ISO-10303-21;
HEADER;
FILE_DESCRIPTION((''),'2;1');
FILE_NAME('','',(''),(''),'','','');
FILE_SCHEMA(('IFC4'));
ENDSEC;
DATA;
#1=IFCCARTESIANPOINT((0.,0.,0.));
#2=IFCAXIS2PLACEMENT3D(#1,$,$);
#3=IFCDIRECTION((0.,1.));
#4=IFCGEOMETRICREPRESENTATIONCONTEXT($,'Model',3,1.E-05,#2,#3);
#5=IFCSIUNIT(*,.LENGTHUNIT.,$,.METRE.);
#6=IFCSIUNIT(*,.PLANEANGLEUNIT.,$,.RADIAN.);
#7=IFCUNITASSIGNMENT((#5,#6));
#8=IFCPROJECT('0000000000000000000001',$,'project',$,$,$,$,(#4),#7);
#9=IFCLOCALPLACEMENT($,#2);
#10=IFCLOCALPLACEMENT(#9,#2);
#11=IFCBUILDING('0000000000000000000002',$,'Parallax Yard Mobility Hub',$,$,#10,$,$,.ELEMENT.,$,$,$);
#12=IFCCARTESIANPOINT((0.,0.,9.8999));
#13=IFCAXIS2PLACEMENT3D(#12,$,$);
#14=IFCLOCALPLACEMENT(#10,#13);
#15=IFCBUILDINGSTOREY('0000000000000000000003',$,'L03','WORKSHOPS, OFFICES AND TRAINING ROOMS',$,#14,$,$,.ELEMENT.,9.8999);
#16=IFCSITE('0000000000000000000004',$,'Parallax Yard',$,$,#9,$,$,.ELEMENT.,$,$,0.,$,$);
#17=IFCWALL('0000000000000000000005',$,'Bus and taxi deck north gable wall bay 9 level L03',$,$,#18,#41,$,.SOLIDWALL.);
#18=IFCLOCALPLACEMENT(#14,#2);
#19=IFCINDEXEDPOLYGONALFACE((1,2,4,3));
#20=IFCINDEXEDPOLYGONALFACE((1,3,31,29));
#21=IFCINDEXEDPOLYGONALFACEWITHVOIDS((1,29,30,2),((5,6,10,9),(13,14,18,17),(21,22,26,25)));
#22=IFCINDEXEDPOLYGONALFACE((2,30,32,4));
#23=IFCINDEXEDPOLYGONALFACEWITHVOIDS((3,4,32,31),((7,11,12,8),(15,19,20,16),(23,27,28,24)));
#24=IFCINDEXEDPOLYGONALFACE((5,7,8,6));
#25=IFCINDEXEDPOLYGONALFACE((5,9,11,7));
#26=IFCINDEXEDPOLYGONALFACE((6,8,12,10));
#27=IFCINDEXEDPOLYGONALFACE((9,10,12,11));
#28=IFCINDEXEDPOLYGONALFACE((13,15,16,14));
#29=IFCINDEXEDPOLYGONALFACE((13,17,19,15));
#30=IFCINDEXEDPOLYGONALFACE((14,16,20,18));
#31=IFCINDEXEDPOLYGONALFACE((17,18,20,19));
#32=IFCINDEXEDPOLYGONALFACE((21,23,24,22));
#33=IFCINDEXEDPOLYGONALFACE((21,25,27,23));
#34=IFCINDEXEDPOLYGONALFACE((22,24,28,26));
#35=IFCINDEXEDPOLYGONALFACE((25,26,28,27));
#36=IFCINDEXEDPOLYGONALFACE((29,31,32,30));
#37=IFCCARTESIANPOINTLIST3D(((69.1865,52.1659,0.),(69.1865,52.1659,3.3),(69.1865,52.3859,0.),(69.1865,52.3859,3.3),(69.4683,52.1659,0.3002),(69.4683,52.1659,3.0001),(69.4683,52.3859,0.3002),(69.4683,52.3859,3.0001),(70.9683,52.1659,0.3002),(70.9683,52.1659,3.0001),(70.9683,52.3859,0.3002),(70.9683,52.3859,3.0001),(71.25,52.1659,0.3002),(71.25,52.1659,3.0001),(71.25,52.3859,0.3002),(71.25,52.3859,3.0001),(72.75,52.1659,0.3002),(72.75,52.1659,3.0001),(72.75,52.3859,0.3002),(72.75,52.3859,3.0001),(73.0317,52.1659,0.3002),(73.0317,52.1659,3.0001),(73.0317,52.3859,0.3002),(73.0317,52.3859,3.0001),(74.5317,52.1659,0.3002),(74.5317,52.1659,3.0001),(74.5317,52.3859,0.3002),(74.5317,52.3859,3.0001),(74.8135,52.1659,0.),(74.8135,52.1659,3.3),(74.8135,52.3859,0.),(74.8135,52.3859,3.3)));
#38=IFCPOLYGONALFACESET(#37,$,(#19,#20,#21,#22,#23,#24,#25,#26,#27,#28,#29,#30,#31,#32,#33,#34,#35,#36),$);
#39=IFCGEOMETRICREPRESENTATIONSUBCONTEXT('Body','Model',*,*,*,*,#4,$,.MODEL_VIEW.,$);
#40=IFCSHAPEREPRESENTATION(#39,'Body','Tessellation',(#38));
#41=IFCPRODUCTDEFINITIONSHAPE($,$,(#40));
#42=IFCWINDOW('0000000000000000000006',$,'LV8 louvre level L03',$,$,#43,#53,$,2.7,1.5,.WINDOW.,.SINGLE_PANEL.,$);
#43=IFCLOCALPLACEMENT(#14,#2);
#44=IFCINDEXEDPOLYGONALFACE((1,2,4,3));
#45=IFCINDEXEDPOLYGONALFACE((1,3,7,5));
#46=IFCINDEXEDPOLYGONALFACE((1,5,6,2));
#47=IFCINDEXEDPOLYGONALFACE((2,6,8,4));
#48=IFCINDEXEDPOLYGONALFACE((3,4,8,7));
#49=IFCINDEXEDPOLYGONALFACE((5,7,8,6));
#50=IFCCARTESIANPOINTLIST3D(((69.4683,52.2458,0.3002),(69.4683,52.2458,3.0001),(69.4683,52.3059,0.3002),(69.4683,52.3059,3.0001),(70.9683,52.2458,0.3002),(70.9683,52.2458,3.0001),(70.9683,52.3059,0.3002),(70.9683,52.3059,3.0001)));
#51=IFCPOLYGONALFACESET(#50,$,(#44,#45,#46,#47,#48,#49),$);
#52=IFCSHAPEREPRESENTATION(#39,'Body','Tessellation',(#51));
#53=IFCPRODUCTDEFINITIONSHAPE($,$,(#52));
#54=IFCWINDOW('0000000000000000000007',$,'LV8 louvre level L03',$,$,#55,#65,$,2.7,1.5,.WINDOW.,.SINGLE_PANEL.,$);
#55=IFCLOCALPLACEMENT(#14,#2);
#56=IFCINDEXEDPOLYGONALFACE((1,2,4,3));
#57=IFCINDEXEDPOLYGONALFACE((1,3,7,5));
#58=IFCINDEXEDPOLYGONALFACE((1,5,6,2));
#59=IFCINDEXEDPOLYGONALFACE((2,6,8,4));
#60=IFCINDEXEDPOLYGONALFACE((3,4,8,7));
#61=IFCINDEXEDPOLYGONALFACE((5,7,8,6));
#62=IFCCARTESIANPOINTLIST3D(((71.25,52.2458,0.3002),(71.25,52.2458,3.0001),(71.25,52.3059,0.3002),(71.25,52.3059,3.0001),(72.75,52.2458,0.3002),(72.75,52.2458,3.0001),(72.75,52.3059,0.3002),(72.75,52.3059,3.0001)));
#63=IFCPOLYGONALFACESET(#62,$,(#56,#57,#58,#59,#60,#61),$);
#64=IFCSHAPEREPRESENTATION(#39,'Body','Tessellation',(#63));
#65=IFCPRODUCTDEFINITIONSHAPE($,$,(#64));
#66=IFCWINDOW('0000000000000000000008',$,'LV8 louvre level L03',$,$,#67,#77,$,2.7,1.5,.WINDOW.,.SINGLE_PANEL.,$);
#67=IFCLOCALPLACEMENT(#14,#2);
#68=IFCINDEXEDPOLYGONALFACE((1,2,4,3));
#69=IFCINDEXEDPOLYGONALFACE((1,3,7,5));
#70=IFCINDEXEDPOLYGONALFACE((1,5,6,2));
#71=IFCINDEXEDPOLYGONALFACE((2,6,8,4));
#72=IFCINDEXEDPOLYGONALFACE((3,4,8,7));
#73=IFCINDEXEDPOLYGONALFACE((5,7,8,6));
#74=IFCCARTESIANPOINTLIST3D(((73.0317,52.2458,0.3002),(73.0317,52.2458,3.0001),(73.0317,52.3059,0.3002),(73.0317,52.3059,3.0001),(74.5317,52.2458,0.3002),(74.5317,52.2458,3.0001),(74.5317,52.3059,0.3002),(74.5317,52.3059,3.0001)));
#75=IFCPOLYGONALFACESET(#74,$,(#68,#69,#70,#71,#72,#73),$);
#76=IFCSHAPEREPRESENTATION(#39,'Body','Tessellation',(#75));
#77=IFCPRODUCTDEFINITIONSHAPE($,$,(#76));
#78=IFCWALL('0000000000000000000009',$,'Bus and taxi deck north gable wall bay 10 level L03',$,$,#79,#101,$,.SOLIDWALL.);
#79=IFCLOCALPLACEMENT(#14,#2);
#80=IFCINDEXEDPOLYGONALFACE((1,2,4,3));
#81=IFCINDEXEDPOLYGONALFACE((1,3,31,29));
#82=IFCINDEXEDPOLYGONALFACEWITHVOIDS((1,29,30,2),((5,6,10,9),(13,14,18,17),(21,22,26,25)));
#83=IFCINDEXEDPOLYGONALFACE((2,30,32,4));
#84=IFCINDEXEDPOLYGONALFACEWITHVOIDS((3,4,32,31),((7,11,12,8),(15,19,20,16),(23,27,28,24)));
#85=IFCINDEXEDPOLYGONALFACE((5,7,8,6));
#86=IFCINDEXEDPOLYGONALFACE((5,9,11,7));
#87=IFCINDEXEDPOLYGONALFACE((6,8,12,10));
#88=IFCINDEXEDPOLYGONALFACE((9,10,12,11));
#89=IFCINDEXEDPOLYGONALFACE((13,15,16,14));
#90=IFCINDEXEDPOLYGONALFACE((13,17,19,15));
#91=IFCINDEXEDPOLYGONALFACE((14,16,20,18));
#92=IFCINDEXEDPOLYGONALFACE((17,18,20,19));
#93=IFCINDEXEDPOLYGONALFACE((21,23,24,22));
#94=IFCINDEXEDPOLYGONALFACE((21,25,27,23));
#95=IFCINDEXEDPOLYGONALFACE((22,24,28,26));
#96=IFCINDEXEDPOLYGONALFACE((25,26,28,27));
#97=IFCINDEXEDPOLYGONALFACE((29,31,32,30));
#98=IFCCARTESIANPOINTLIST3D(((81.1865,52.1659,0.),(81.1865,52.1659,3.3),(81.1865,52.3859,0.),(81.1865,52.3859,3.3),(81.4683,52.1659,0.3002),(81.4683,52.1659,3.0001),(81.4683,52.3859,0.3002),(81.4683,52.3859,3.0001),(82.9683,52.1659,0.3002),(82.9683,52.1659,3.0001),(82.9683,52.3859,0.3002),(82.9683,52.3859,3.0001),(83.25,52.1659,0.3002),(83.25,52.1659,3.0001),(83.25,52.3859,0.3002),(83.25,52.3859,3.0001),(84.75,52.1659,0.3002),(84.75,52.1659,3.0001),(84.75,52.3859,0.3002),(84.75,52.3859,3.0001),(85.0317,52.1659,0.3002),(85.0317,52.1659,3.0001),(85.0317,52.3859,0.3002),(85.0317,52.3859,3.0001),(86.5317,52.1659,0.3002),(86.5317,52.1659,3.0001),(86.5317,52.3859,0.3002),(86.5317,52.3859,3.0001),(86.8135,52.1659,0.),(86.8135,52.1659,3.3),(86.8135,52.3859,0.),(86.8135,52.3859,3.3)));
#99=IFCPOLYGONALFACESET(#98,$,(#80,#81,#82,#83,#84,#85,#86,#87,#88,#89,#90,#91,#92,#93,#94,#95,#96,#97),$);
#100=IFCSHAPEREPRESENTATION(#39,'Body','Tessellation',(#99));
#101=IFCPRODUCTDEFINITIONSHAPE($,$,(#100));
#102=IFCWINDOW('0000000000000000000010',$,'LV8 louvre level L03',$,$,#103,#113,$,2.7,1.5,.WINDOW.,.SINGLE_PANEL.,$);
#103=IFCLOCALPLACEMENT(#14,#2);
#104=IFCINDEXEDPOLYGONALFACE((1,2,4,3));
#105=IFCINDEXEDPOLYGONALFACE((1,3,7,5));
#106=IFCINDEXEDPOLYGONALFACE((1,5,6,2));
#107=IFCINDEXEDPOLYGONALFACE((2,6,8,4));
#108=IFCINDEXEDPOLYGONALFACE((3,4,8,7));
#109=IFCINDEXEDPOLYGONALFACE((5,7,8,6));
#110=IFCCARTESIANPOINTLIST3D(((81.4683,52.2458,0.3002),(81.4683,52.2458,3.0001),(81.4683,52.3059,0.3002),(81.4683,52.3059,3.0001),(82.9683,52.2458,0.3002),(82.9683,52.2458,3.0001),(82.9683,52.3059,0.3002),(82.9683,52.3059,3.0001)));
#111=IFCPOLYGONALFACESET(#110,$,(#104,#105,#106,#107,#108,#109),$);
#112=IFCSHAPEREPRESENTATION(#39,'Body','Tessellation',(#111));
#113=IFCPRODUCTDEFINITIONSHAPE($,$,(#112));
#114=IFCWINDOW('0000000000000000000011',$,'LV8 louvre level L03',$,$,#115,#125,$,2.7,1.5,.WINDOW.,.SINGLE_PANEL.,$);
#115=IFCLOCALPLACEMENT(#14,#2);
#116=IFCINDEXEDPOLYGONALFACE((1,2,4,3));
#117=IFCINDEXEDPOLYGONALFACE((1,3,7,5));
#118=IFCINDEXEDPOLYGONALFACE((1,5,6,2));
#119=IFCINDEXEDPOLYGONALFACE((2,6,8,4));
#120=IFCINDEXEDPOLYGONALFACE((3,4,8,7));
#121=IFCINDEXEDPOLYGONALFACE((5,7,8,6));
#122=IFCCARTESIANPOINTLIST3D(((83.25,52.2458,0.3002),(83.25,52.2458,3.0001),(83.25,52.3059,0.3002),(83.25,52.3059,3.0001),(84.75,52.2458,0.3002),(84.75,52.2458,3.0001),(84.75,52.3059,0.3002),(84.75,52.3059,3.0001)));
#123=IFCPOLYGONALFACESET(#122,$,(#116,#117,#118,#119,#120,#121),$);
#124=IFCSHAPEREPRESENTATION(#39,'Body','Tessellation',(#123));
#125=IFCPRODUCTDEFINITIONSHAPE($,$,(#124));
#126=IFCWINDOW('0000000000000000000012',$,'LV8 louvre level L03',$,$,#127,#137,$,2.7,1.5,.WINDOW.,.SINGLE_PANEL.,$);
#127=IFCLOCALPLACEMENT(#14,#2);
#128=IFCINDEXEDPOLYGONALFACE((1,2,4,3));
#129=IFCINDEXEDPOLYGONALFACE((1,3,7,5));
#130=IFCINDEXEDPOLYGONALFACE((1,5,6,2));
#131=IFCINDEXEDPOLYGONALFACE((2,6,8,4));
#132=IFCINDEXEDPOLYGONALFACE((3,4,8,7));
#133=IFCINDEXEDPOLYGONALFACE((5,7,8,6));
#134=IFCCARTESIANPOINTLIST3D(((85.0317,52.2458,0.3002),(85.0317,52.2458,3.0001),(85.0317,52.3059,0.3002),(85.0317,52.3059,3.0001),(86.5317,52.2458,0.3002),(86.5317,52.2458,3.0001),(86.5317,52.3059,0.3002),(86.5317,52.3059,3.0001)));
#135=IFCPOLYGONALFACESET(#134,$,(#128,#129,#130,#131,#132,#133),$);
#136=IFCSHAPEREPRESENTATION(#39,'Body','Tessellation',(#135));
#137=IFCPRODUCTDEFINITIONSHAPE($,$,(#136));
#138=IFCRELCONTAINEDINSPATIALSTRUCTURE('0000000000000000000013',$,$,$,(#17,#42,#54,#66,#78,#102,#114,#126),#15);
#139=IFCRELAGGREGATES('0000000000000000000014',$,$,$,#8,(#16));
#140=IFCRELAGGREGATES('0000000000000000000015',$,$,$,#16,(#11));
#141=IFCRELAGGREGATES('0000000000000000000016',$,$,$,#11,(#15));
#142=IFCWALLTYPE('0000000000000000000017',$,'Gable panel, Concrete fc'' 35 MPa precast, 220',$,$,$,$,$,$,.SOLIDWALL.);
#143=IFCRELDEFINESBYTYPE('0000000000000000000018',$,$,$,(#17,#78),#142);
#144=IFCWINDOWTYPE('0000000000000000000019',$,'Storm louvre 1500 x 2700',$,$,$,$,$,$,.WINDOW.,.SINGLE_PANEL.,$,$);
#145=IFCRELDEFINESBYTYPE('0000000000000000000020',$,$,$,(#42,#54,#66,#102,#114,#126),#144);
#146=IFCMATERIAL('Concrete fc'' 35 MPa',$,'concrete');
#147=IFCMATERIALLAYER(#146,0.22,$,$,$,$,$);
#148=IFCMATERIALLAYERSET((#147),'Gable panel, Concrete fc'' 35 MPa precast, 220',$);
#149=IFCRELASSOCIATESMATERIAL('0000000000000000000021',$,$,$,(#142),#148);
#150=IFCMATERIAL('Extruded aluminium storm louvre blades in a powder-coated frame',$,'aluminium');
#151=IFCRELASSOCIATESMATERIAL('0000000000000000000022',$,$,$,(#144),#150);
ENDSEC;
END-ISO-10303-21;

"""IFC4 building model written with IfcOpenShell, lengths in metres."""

from ifc_helpers import new_model, si_unit, direction, frame, frame_2d, origin, place, context, subcontext, project, spatial, rectangle, extrude, material, layer, layer_set, type_object, element, fill, save


model = new_model("IFC4")

# Units and contexts
model_context = context("Model", 3, precision=1e-05, world=origin(), true_north=direction((0.0, 1.0)))
body_context = subcontext(model_context, "Body", "Model", "MODEL_VIEW")
ifc_project = project(units=[si_unit("LENGTHUNIT", "METRE"), si_unit("PLANEANGLEUNIT", "RADIAN")], contexts=[model_context])

# Site, building, storey
site_placement = place(None, origin())
site = spatial("IfcSite", under=ifc_project, at=site_placement, Name="Parallax Yard", CompositionType="ELEMENT", RefElevation=0.0)
building_placement = place(site_placement, origin())
building = spatial("IfcBuilding", under=site, at=building_placement, Name="Parallax Yard Mobility Hub", CompositionType="ELEMENT")
storey_placement = place(building_placement, frame((0.0, 0.0, 9.8999)))
storey = spatial("IfcBuildingStorey", under=building, at=storey_placement, Name="L03", Description="WORKSHOPS, OFFICES AND TRAINING ROOMS", CompositionType="ELEMENT", Elevation=9.8999)

# Walls, openings, windows
ifc_material_1 = material(Name="Concrete fc' 35 MPa", Category="concrete")
ifc_layer = layer(ifc_material_1, 0.22)
ifc_layer_set = layer_set([ifc_layer], Name="Gable panel, Concrete fc' 35 MPa precast, 220")
wall_type = type_object("IfcWallType", Name="Gable panel, Concrete fc' 35 MPa precast, 220", PredefinedType="SOLIDWALL", material=ifc_layer_set)
ifc_material_2 = material(Name="Extruded aluminium storm louvre blades in a powder-coated frame", Category="aluminium")
window_type = type_object("IfcWindowType", Name="Storm louvre 1500 x 2700", PartitioningType="SINGLE_PANEL", PredefinedType="WINDOW", material=ifc_material_2)
wall_1_placement = place(storey_placement, frame((69.1865, 52.2759, 0.0), z_axis=(0.0, 0.0, 1.0), x_axis=(1.0, 0.0, 0.0)))
wall_1 = element("IfcWall", 1, at=wall_1_placement, inside=storey, type_object=wall_type, Name="Bus and taxi deck north gable wall bay 9 level L03", PredefinedType="SOLIDWALL", context=body_context, shape_type="SweptSolid", body=[
    extrude(rectangle(XDim=5.627, YDim=0.22, at=frame_2d((2.8135, 0.0))), origin(), (0.0, 0.0, 1.0), 3.3),
])
opening_1_placement = place(wall_1_placement, frame((0.2817, 0.0, 0.3)))
opening_1 = element("IfcOpeningElement", 2, at=opening_1_placement, cuts=wall_1, PredefinedType="OPENING", context=body_context, shape_type="SweptSolid", body=[
    extrude(rectangle(XDim=1.5, YDim=2.7, at=frame_2d((0.75, 1.3501))), frame((0.0, 0.1201, 0.0), z_axis=(0.0, -1.0, 0.0), x_axis=(1.0, 0.0, 0.0)), (0.0, 0.0, 1.0), 0.24),
])
opening_2_placement = place(wall_1_placement, frame((2.0635, 0.0, 0.3)))
opening_2 = element("IfcOpeningElement", 3, at=opening_2_placement, cuts=wall_1, PredefinedType="OPENING", context=body_context, shape_type="SweptSolid", body=[
    extrude(rectangle(XDim=1.5, YDim=2.7, at=frame_2d((0.75, 1.3501))), frame((0.0, 0.1201, 0.0), z_axis=(0.0, -1.0, 0.0), x_axis=(1.0, 0.0, 0.0)), (0.0, 0.0, 1.0), 0.24),
])
opening_3_placement = place(wall_1_placement, frame((3.8452, 0.0, 0.3)))
opening_3 = element("IfcOpeningElement", 4, at=opening_3_placement, cuts=wall_1, PredefinedType="OPENING", context=body_context, shape_type="SweptSolid", body=[
    extrude(rectangle(XDim=1.5, YDim=2.7, at=frame_2d((0.75, 1.3501))), frame((0.0, 0.1201, 0.0), z_axis=(0.0, -1.0, 0.0), x_axis=(1.0, 0.0, 0.0)), (0.0, 0.0, 1.0), 0.24),
])
window_1_placement = place(opening_1_placement, origin())
window_1 = element("IfcWindow", 5, at=window_1_placement, inside=storey, type_object=window_type, Name="LV8 louvre level L03", OverallHeight=2.7, OverallWidth=1.5, PartitioningType="SINGLE_PANEL", PredefinedType="WINDOW", context=body_context, shape_type="SweptSolid", body=[
    extrude(rectangle(XDim=1.5, YDim=2.7, at=frame_2d((0.75, 1.3501))), frame((0.0, 0.03, 0.0), z_axis=(0.0, -1.0, 0.0), x_axis=(1.0, 0.0, 0.0)), (0.0, 0.0, 1.0), 0.0601),
])
fill(opening_1, window_1)
window_2_placement = place(opening_2_placement, origin())
window_2 = element("IfcWindow", 6, at=window_2_placement, inside=storey, type_object=window_type, Name="LV8 louvre level L03", OverallHeight=2.7, OverallWidth=1.5, PartitioningType="SINGLE_PANEL", PredefinedType="WINDOW", context=body_context, shape_type="SweptSolid", body=[
    extrude(rectangle(XDim=1.5, YDim=2.7, at=frame_2d((0.75, 1.3501))), frame((0.0, 0.03, 0.0), z_axis=(0.0, -1.0, 0.0), x_axis=(1.0, 0.0, 0.0)), (0.0, 0.0, 1.0), 0.0601),
])
fill(opening_2, window_2)
window_3_placement = place(opening_3_placement, origin())
window_3 = element("IfcWindow", 7, at=window_3_placement, inside=storey, type_object=window_type, Name="LV8 louvre level L03", OverallHeight=2.7, OverallWidth=1.5, PartitioningType="SINGLE_PANEL", PredefinedType="WINDOW", context=body_context, shape_type="SweptSolid", body=[
    extrude(rectangle(XDim=1.5, YDim=2.7, at=frame_2d((0.75, 1.3501))), frame((0.0, 0.03, 0.0), z_axis=(0.0, -1.0, 0.0), x_axis=(1.0, 0.0, 0.0)), (0.0, 0.0, 1.0), 0.0601),
])
fill(opening_3, window_3)
wall_2_placement = place(storey_placement, frame((81.1865, 52.2759, 0.0), z_axis=(0.0, 0.0, 1.0), x_axis=(1.0, 0.0, 0.0)))
wall_2 = element("IfcWall", 8, at=wall_2_placement, inside=storey, type_object=wall_type, Name="Bus and taxi deck north gable wall bay 10 level L03", PredefinedType="SOLIDWALL", context=body_context, shape_type="SweptSolid", body=[
    extrude(rectangle(XDim=5.627, YDim=0.22, at=frame_2d((2.8135, 0.0))), origin(), (0.0, 0.0, 1.0), 3.3),
])
opening_4_placement = place(wall_2_placement, frame((0.2817, 0.0, 0.3)))
opening_4 = element("IfcOpeningElement", 9, at=opening_4_placement, cuts=wall_2, PredefinedType="OPENING", context=body_context, shape_type="SweptSolid", body=[
    extrude(rectangle(XDim=1.5, YDim=2.7, at=frame_2d((0.75, 1.3501))), frame((0.0, 0.1201, 0.0), z_axis=(0.0, -1.0, 0.0), x_axis=(1.0, 0.0, 0.0)), (0.0, 0.0, 1.0), 0.24),
])
opening_5_placement = place(wall_2_placement, frame((2.0635, 0.0, 0.3)))
opening_5 = element("IfcOpeningElement", 10, at=opening_5_placement, cuts=wall_2, PredefinedType="OPENING", context=body_context, shape_type="SweptSolid", body=[
    extrude(rectangle(XDim=1.5, YDim=2.7, at=frame_2d((0.75, 1.3501))), frame((0.0, 0.1201, 0.0), z_axis=(0.0, -1.0, 0.0), x_axis=(1.0, 0.0, 0.0)), (0.0, 0.0, 1.0), 0.24),
])
opening_6_placement = place(wall_2_placement, frame((3.8452, 0.0, 0.3)))
opening_6 = element("IfcOpeningElement", 11, at=opening_6_placement, cuts=wall_2, PredefinedType="OPENING", context=body_context, shape_type="SweptSolid", body=[
    extrude(rectangle(XDim=1.5, YDim=2.7, at=frame_2d((0.75, 1.3501))), frame((0.0, 0.1201, 0.0), z_axis=(0.0, -1.0, 0.0), x_axis=(1.0, 0.0, 0.0)), (0.0, 0.0, 1.0), 0.24),
])
window_4_placement = place(opening_4_placement, origin())
window_4 = element("IfcWindow", 12, at=window_4_placement, inside=storey, type_object=window_type, Name="LV8 louvre level L03", OverallHeight=2.7, OverallWidth=1.5, PartitioningType="SINGLE_PANEL", PredefinedType="WINDOW", context=body_context, shape_type="SweptSolid", body=[
    extrude(rectangle(XDim=1.5, YDim=2.7, at=frame_2d((0.75, 1.3501))), frame((0.0, 0.03, 0.0), z_axis=(0.0, -1.0, 0.0), x_axis=(1.0, 0.0, 0.0)), (0.0, 0.0, 1.0), 0.0601),
])
fill(opening_4, window_4)
window_5_placement = place(opening_5_placement, origin())
window_5 = element("IfcWindow", 13, at=window_5_placement, inside=storey, type_object=window_type, Name="LV8 louvre level L03", OverallHeight=2.7, OverallWidth=1.5, PartitioningType="SINGLE_PANEL", PredefinedType="WINDOW", context=body_context, shape_type="SweptSolid", body=[
    extrude(rectangle(XDim=1.5, YDim=2.7, at=frame_2d((0.75, 1.3501))), frame((0.0, 0.03, 0.0), z_axis=(0.0, -1.0, 0.0), x_axis=(1.0, 0.0, 0.0)), (0.0, 0.0, 1.0), 0.0601),
])
fill(opening_5, window_5)
window_6_placement = place(opening_6_placement, origin())
window_6 = element("IfcWindow", 14, at=window_6_placement, inside=storey, type_object=window_type, Name="LV8 louvre level L03", OverallHeight=2.7, OverallWidth=1.5, PartitioningType="SINGLE_PANEL", PredefinedType="WINDOW", context=body_context, shape_type="SweptSolid", body=[
    extrude(rectangle(XDim=1.5, YDim=2.7, at=frame_2d((0.75, 1.3501))), frame((0.0, 0.03, 0.0), z_axis=(0.0, -1.0, 0.0), x_axis=(1.0, 0.0, 0.0)), (0.0, 0.0, 1.0), 0.0601),
])
fill(opening_6, window_6)

save(model, "model.ifc")
